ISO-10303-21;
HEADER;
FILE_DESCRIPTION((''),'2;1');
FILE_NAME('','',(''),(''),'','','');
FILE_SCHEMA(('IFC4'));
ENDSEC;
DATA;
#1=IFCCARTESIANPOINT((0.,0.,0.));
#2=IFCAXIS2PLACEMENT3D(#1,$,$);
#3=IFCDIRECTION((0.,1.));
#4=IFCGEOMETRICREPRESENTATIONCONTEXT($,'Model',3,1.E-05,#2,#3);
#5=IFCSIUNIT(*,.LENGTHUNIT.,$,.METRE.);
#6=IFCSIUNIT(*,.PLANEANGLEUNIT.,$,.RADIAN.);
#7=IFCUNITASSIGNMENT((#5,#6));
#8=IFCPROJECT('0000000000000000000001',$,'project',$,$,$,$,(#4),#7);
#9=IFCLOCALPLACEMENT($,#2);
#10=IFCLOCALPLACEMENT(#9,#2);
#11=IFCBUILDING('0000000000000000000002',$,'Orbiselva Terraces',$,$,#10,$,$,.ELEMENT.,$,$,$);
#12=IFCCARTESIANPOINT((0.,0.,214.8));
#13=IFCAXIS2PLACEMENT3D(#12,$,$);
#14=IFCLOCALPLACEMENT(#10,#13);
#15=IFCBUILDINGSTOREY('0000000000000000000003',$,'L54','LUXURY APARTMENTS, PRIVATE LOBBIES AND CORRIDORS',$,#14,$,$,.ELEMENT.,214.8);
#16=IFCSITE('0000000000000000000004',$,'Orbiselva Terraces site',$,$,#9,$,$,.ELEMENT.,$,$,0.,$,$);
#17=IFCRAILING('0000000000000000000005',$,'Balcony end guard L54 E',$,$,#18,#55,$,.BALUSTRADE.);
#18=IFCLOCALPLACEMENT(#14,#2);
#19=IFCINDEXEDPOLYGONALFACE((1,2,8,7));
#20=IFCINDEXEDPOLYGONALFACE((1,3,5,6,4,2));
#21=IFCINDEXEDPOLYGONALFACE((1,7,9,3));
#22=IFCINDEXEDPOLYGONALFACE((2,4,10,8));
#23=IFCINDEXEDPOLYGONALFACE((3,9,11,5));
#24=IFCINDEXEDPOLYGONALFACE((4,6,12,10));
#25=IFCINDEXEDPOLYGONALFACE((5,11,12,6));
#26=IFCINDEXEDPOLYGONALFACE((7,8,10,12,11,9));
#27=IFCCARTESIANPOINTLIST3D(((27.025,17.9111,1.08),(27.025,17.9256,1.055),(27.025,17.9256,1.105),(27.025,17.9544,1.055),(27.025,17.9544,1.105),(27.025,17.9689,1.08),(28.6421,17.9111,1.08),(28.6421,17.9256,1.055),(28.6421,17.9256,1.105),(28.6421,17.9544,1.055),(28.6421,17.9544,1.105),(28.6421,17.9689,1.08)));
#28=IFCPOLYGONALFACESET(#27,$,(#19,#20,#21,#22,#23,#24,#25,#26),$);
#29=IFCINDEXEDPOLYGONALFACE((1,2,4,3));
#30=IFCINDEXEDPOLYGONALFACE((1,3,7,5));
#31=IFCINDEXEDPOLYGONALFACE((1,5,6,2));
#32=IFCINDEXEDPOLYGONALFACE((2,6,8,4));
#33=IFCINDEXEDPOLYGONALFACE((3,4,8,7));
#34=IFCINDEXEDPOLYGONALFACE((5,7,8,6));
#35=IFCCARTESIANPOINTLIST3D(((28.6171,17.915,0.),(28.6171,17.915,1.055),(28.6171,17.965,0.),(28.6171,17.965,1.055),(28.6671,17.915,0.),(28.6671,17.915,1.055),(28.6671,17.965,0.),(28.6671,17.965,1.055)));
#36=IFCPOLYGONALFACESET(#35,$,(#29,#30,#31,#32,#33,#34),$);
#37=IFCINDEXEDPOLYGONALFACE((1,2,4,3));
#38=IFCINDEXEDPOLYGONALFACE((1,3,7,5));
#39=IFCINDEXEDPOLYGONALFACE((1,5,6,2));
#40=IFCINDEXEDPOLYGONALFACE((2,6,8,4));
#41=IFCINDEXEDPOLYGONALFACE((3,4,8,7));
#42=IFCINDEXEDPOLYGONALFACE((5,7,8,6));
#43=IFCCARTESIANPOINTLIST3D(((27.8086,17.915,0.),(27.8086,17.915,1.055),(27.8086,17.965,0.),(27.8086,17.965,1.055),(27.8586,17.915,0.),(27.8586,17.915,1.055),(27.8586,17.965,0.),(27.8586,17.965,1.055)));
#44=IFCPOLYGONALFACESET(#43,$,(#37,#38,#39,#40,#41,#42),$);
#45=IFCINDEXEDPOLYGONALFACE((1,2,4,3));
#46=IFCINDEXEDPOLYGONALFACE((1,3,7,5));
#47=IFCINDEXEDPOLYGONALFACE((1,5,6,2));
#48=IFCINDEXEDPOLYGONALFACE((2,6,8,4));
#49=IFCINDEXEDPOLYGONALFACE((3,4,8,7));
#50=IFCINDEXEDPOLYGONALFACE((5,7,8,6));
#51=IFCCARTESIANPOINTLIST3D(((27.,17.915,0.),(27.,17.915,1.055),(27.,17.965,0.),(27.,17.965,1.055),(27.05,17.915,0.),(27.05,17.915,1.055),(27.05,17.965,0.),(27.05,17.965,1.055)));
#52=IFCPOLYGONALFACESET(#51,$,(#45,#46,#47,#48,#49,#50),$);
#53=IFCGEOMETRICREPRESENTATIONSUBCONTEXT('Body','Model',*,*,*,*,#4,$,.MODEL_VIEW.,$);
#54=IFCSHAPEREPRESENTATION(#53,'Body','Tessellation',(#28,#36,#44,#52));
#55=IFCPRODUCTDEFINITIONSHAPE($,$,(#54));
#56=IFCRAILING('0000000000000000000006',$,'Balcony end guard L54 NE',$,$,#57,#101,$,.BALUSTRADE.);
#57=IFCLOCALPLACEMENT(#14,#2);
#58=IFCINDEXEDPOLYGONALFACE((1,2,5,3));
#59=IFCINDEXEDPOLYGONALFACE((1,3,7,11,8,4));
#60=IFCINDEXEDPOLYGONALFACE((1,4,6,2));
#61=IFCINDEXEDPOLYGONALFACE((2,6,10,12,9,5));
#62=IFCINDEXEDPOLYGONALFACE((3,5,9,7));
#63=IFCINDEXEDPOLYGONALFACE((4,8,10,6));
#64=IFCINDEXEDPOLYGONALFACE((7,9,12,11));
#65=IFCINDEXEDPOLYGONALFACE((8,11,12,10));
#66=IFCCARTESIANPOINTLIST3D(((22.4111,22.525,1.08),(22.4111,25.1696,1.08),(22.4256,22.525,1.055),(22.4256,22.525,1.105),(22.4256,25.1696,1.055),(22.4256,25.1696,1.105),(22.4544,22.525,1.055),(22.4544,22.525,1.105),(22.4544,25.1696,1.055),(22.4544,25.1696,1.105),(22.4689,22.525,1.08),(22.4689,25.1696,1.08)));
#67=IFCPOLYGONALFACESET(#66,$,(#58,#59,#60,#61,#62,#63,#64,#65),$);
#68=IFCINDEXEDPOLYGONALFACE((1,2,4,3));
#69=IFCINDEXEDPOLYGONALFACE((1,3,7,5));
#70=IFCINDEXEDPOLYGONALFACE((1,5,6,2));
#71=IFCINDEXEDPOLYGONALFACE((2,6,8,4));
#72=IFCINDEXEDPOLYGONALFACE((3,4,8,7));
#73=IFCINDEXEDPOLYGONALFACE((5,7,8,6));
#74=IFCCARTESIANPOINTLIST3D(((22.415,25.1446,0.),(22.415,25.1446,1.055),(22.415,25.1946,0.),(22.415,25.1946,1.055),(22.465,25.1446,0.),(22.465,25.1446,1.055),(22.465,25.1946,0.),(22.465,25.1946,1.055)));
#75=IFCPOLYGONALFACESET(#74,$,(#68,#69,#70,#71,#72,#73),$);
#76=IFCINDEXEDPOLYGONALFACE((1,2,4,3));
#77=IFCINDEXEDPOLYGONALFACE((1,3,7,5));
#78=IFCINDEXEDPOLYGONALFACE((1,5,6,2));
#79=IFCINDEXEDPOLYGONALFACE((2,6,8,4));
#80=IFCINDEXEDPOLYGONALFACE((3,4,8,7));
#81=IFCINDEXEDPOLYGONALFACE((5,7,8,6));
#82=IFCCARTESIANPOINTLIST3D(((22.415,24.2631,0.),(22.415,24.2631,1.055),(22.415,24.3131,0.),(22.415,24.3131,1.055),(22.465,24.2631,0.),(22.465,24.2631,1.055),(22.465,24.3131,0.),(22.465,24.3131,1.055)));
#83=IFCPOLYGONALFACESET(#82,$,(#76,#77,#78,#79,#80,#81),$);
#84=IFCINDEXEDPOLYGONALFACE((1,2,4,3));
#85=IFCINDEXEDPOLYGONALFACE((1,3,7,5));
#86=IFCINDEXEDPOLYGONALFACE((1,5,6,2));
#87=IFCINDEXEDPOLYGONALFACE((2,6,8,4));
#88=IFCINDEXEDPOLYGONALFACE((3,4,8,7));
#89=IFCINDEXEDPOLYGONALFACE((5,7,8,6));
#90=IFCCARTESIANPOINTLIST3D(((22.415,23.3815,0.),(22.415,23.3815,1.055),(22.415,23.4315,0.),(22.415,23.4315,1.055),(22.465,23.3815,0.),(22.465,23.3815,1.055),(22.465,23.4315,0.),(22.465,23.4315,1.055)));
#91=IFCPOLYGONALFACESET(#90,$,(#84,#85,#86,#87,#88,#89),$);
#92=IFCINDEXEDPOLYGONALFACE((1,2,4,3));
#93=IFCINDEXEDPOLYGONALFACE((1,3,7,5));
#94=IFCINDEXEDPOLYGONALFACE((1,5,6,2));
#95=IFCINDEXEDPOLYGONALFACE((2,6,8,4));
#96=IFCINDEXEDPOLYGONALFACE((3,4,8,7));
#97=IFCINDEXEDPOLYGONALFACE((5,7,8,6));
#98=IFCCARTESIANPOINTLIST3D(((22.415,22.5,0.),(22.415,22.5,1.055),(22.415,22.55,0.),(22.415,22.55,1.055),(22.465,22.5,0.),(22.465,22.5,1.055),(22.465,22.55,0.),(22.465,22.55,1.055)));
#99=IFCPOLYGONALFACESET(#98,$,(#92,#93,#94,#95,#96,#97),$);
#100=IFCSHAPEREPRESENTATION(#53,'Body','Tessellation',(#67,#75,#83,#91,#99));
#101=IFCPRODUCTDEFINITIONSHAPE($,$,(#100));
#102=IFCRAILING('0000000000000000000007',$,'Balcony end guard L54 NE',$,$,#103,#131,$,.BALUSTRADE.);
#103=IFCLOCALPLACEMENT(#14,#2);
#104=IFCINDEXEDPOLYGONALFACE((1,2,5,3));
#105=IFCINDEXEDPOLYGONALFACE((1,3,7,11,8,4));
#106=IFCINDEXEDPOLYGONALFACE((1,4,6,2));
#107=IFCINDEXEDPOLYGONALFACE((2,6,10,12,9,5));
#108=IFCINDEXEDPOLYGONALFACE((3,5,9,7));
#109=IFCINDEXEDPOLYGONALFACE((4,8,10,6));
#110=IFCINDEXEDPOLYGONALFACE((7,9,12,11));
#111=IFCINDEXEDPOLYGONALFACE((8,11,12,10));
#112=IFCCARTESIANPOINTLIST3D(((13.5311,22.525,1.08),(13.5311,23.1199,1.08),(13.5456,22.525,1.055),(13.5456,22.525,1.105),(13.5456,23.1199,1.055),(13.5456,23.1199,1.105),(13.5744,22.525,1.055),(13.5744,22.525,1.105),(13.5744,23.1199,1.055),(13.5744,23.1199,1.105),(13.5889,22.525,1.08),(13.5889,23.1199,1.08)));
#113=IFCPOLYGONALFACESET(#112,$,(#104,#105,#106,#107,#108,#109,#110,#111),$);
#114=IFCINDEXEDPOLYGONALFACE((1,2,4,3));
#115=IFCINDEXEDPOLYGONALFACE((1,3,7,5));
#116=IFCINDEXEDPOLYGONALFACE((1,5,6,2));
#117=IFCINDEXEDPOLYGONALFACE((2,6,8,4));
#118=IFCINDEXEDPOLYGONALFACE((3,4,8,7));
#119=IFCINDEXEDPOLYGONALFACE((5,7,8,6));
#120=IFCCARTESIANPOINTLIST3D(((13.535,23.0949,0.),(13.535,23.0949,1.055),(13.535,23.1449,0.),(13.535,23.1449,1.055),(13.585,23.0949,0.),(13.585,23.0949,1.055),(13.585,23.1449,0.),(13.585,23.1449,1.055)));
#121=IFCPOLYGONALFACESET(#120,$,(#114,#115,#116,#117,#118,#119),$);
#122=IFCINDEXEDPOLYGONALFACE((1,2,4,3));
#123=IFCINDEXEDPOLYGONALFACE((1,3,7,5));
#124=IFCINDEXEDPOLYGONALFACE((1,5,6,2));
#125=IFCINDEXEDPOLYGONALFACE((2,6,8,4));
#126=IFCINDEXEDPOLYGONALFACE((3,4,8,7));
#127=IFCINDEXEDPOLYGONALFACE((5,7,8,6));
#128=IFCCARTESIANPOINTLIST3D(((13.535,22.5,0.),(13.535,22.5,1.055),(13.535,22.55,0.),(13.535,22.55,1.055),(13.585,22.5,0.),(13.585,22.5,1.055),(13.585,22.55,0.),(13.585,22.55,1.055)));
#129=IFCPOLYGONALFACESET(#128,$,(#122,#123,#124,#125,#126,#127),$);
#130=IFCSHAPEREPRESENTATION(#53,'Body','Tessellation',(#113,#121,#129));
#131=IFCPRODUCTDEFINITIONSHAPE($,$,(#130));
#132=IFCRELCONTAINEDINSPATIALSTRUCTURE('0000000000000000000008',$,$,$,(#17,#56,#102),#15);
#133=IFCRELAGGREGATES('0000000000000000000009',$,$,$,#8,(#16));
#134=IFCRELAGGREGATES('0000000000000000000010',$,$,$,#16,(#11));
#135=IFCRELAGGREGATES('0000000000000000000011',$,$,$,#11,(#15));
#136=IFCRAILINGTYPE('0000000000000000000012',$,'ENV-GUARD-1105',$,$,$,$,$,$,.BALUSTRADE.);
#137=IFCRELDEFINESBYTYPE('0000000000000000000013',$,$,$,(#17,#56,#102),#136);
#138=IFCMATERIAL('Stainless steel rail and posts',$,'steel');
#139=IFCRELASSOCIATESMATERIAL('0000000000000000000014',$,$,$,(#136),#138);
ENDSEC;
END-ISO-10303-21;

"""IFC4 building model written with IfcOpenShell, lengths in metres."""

from ifc_helpers import new_model, si_unit, direction, frame, origin, origin_2d, place, context, subcontext, project, spatial, polyline, rectangle, outline, extrude, material, type_object, element, save


model = new_model("IFC4")

# Units and contexts
model_context = context("Model", 3, precision=1e-05, world=origin(), true_north=direction((0.0, 1.0)))
body_context = subcontext(model_context, "Body", "Model", "MODEL_VIEW")
ifc_project = project(units=[si_unit("LENGTHUNIT", "METRE"), si_unit("PLANEANGLEUNIT", "RADIAN")], contexts=[model_context])

# Site, building, storey
site_placement = place(None, origin())
site = spatial("IfcSite", under=ifc_project, at=site_placement, Name="Orbiselva Terraces site", CompositionType="ELEMENT", RefElevation=0.0)
building_placement = place(site_placement, origin())
building = spatial("IfcBuilding", under=site, at=building_placement, Name="Orbiselva Terraces", CompositionType="ELEMENT")
storey_placement = place(building_placement, frame((0.0, 0.0, 214.8)))
storey = spatial("IfcBuildingStorey", under=building, at=storey_placement, Name="L54", Description="LUXURY APARTMENTS, PRIVATE LOBBIES AND CORRIDORS", CompositionType="ELEMENT", Elevation=214.8)

# Railings
ifc_material_1 = material(Name="Stainless steel rail and posts", Category="steel")
railing_type_1 = type_object("IfcRailingType", Name="ENV-GUARD-1105", PredefinedType="BALUSTRADE", material=ifc_material_1)
railing_1_placement = place(storey_placement, frame((28.6421, 17.94, 0.0)))
element("IfcRailing", 1, at=railing_1_placement, inside=storey, type_object=railing_type_1, Name="Balcony end guard L54 E", PredefinedType="BALUSTRADE", context=body_context, shape_type="SweptSolid", body=[
    extrude(outline(polyline([(0.0289, 0.0), (0.0144, 0.025), (-0.0144, 0.025), (-0.0289, 0.0), (-0.0144, -0.025), (0.0144, -0.025), (0.0289, 0.0)])), frame((0.0, 0.0, 1.08), z_axis=(-1.0, 0.0, 0.0), x_axis=(0.0, -1.0, 0.0)), (0.0, 0.0, 1.0), 1.6171),
    extrude(rectangle(XDim=0.05, YDim=0.05, at=origin_2d()), origin(), (0.0, 0.0, 1.0), 1.055),
    extrude(rectangle(XDim=0.05, YDim=0.05, at=origin_2d()), frame((-0.8086, 0.0, 0.0)), (0.0, 0.0, 1.0), 1.055),
    extrude(rectangle(XDim=0.05, YDim=0.05, at=origin_2d()), frame((-1.6171, 0.0, 0.0)), (0.0, 0.0, 1.0), 1.055),
])
railing_2_placement = place(storey_placement, frame((22.44, 25.1696, 0.0)))
element("IfcRailing", 2, at=railing_2_placement, inside=storey, type_object=railing_type_1, Name="Balcony end guard L54 NE", PredefinedType="BALUSTRADE", context=body_context, shape_type="SweptSolid", body=[
    extrude(outline(polyline([(0.0289, 0.0), (0.0144, 0.025), (-0.0144, 0.025), (-0.0289, 0.0), (-0.0144, -0.025), (0.0144, -0.025), (0.0289, 0.0)])), frame((0.0, 0.0, 1.08), z_axis=(0.0, -1.0, 0.0), x_axis=(1.0, 0.0, 0.0)), (0.0, 0.0, 1.0), 2.6446),
    extrude(rectangle(XDim=0.05, YDim=0.05, at=origin_2d()), origin(), (0.0, 0.0, 1.0), 1.055),
    extrude(rectangle(XDim=0.05, YDim=0.05, at=origin_2d()), frame((0.0, -0.8815, 0.0)), (0.0, 0.0, 1.0), 1.055),
    extrude(rectangle(XDim=0.05, YDim=0.05, at=origin_2d()), frame((0.0, -1.7631, 0.0)), (0.0, 0.0, 1.0), 1.055),
    extrude(rectangle(XDim=0.05, YDim=0.05, at=origin_2d()), frame((0.0, -2.6446, 0.0)), (0.0, 0.0, 1.0), 1.055),
])
railing_3_placement = place(storey_placement, frame((13.56, 23.1199, 0.0)))
element("IfcRailing", 3, at=railing_3_placement, inside=storey, type_object=railing_type_1, Name="Balcony end guard L54 NE", PredefinedType="BALUSTRADE", context=body_context, shape_type="SweptSolid", body=[
    extrude(outline(polyline([(0.0289, 0.0), (0.0144, 0.025), (-0.0144, 0.025), (-0.0289, 0.0), (-0.0144, -0.025), (0.0144, -0.025), (0.0289, 0.0)])), frame((0.0, 0.0, 1.08), z_axis=(0.0, -1.0, 0.0), x_axis=(1.0, 0.0, 0.0)), (0.0, 0.0, 1.0), 0.5949),
    extrude(rectangle(XDim=0.05, YDim=0.05, at=origin_2d()), origin(), (0.0, 0.0, 1.0), 1.055),
    extrude(rectangle(XDim=0.05, YDim=0.05, at=origin_2d()), frame((0.0, -0.5949, 0.0)), (0.0, 0.0, 1.0), 1.055),
])

save(model, "model.ifc")
